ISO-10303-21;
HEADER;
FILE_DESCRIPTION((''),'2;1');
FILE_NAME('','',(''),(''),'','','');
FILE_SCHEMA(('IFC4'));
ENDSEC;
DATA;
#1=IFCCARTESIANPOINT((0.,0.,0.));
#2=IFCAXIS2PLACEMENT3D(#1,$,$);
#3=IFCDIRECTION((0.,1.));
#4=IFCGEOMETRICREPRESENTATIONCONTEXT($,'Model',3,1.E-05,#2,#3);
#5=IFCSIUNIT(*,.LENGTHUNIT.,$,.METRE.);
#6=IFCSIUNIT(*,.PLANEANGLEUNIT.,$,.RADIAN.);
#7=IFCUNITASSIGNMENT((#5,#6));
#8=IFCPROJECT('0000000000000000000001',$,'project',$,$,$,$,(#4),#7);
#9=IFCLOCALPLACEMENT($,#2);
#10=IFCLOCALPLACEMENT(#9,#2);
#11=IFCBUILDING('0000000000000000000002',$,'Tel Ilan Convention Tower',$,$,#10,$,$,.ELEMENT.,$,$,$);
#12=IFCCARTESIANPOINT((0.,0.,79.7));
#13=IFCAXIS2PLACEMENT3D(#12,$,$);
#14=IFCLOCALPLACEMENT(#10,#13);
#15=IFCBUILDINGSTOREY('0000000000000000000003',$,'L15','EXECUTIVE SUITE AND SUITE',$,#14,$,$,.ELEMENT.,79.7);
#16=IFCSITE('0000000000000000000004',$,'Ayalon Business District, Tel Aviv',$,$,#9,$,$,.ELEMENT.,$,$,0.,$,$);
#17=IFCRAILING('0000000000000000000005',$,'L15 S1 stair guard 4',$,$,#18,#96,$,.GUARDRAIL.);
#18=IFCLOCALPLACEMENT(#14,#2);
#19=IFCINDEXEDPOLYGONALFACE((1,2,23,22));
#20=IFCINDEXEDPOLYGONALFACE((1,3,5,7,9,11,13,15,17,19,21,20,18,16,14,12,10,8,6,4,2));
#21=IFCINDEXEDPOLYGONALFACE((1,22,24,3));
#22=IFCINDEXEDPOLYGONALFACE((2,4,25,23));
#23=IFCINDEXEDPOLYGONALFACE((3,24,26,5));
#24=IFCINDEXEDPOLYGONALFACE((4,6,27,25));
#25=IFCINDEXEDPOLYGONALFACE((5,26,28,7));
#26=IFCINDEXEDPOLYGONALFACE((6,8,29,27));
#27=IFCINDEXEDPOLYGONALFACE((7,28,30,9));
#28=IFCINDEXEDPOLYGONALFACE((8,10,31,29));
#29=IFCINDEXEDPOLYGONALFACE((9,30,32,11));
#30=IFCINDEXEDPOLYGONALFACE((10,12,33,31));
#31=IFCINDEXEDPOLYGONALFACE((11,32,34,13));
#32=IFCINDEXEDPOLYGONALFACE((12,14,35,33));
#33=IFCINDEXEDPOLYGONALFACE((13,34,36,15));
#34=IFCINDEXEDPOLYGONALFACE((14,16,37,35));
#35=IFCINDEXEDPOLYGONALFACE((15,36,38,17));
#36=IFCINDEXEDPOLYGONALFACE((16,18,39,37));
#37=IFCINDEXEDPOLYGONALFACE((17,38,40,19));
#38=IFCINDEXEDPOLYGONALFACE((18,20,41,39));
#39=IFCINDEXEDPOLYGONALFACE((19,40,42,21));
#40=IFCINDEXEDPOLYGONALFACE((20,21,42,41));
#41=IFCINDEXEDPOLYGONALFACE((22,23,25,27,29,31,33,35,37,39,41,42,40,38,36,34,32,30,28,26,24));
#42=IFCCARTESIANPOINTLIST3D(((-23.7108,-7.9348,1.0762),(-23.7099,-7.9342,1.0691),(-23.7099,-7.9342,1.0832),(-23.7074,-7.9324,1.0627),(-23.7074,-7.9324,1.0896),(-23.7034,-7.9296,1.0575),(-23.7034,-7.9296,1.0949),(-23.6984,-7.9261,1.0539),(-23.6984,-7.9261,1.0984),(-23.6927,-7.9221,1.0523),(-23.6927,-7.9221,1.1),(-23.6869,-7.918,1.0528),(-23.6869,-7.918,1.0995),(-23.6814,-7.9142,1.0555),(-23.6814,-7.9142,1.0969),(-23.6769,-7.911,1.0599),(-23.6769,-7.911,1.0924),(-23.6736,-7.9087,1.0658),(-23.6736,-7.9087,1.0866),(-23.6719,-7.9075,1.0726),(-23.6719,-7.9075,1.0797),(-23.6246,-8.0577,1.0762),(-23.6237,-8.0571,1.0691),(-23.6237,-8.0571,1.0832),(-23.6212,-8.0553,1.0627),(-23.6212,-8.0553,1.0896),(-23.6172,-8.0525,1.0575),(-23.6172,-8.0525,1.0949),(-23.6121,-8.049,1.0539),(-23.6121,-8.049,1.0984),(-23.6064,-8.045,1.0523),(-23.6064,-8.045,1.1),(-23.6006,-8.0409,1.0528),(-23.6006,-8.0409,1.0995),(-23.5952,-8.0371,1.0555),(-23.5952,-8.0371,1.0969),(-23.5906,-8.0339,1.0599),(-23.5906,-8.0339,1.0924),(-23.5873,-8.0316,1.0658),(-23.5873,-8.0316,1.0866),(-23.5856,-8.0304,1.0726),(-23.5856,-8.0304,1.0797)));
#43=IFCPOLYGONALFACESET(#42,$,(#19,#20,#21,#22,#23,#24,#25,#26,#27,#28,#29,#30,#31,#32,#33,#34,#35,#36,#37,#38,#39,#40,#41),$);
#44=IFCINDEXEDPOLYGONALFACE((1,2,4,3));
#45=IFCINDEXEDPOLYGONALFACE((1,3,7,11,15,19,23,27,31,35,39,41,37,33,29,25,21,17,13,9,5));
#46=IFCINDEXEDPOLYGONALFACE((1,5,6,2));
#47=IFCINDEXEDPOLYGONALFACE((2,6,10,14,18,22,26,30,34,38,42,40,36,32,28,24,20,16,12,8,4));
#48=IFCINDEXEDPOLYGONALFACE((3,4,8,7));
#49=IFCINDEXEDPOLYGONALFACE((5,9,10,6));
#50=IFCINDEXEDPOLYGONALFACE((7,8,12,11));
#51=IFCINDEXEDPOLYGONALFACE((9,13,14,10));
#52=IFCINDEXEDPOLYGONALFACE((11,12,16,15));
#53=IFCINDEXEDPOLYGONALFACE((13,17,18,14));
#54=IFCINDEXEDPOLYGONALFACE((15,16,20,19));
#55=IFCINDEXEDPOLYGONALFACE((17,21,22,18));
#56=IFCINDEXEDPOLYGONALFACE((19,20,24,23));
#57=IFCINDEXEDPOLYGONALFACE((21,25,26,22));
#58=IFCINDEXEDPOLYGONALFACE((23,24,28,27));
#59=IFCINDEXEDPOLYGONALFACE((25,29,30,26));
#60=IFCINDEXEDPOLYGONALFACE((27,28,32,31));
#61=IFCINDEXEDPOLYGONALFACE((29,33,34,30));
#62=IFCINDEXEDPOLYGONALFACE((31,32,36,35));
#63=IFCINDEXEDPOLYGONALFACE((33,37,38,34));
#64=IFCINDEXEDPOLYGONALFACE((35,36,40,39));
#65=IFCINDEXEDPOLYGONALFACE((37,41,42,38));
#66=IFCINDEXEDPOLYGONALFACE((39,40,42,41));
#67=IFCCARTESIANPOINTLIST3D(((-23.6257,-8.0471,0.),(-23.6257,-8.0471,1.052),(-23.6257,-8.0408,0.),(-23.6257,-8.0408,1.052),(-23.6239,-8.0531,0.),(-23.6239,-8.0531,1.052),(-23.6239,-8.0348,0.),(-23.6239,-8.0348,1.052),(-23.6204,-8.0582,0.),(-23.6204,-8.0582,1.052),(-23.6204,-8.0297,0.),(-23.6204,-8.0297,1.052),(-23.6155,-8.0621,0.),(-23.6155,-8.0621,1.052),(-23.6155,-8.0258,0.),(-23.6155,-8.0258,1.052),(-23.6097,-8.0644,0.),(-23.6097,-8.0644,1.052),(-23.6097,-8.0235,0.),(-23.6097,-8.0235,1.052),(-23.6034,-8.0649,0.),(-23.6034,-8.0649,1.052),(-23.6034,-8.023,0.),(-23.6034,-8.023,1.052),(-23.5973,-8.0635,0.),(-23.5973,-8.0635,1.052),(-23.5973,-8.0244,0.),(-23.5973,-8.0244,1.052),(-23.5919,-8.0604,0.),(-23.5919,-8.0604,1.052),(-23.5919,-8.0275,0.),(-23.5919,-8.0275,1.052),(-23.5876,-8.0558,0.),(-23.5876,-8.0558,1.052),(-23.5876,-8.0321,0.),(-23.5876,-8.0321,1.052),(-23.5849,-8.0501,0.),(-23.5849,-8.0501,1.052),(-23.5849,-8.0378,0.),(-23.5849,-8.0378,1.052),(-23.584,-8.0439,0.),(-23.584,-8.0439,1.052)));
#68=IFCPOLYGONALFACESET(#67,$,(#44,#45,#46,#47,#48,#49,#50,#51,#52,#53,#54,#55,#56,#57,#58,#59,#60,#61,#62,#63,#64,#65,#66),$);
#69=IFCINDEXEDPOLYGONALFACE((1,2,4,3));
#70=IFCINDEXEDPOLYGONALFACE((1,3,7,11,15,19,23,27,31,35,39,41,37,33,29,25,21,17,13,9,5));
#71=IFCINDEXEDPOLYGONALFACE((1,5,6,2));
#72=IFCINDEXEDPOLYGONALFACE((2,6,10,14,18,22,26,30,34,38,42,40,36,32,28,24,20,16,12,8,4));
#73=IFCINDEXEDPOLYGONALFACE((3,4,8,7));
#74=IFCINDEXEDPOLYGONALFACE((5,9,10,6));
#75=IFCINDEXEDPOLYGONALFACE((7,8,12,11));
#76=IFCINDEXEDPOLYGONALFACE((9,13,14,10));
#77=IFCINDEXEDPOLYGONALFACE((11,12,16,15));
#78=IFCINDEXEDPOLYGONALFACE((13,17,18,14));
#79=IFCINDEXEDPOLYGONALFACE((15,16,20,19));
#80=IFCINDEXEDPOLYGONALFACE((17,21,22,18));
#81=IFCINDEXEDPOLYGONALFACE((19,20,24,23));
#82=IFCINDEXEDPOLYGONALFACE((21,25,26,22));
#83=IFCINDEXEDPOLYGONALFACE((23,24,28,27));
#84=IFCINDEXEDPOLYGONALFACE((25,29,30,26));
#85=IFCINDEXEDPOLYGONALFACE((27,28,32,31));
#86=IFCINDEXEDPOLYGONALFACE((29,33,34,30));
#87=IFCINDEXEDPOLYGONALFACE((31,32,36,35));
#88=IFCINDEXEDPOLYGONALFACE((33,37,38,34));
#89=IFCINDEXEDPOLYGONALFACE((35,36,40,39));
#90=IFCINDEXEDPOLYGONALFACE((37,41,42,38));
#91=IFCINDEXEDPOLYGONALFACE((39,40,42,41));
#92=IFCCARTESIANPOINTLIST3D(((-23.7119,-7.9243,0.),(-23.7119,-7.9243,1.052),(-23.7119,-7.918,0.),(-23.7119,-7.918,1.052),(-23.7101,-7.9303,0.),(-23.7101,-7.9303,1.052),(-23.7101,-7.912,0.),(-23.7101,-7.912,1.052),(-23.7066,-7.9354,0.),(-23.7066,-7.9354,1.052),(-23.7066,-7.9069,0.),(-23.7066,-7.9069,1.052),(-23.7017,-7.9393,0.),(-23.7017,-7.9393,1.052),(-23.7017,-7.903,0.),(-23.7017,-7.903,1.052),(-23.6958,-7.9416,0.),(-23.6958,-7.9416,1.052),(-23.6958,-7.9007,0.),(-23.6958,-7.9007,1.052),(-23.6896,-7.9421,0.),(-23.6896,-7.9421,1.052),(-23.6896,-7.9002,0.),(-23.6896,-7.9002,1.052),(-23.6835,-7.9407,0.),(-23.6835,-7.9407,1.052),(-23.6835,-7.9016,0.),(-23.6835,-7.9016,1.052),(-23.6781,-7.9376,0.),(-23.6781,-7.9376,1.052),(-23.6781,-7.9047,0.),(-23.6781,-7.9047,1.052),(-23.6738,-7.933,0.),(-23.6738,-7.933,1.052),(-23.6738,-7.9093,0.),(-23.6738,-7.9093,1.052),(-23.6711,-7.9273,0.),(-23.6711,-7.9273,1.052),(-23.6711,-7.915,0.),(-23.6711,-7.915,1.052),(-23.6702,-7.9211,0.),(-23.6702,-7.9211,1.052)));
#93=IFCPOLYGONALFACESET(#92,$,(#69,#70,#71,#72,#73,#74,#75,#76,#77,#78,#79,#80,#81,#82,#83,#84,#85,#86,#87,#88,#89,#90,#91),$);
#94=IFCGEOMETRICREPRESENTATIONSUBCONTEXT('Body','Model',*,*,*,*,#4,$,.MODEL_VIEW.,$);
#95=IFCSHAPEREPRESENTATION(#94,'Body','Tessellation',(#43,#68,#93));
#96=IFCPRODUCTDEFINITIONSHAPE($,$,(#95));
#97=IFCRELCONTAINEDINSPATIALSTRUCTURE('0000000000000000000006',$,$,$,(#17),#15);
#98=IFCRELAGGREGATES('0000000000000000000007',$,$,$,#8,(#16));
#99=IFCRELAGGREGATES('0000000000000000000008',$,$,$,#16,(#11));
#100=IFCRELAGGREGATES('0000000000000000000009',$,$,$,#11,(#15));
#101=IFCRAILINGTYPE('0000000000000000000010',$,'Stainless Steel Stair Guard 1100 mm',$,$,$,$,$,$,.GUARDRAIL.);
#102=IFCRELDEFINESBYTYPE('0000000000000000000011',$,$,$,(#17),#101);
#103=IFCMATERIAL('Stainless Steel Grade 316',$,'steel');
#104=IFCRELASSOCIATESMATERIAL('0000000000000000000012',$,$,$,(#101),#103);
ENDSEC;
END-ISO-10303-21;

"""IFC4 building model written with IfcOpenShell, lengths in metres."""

from ifc_helpers import new_model, si_unit, direction, frame, origin, origin_2d, place, context, subcontext, project, spatial, circle, extrude, material, type_object, element, save


model = new_model("IFC4")

# Units and contexts
model_context = context("Model", 3, precision=1e-05, world=origin(), true_north=direction((0.0, 1.0)))
body_context = subcontext(model_context, "Body", "Model", "MODEL_VIEW")
ifc_project = project(units=[si_unit("LENGTHUNIT", "METRE"), si_unit("PLANEANGLEUNIT", "RADIAN")], contexts=[model_context])

# Site, building, storey
site_placement = place(None, origin())
site = spatial("IfcSite", under=ifc_project, at=site_placement, Name="Ayalon Business District, Tel Aviv", CompositionType="ELEMENT", RefElevation=0.0)
building_placement = place(site_placement, origin())
building = spatial("IfcBuilding", under=site, at=building_placement, Name="Tel Ilan Convention Tower", CompositionType="ELEMENT")
storey_placement = place(building_placement, frame((0.0, 0.0, 79.7)))
storey = spatial("IfcBuildingStorey", under=building, at=storey_placement, Name="L15", Description="EXECUTIVE SUITE AND SUITE", CompositionType="ELEMENT", Elevation=79.7)

# Railing
ifc_material_1 = material(Name="Stainless Steel Grade 316", Category="steel")
railing_type_1 = type_object("IfcRailingType", Name="Stainless Steel Stair Guard 1100 mm", PredefinedType="GUARDRAIL", material=ifc_material_1)
railing_1_placement = place(storey_placement, frame((-23.605, -8.0439, 0.0)))
element("IfcRailing", 1, at=railing_1_placement, inside=storey, type_object=railing_type_1, Name="L15 S1 stair guard 4", PredefinedType="GUARDRAIL", context=body_context, shape_type="SweptSolid", body=[
    extrude(circle(Radius=0.0239, at=origin_2d()), frame((0.0, 0.0, 1.0762), z_axis=(-0.574445, 0.818543, 0.0), x_axis=(-0.818543, -0.574445, 0.0)), (0.0, 0.0, 1.0), 0.1501),
    extrude(circle(Radius=0.021, at=origin_2d()), origin(), (0.0, 0.0, 1.0), 1.052),
    extrude(circle(Radius=0.021, at=origin_2d()), frame((-0.0862, 0.1228, 0.0)), (0.0, 0.0, 1.0), 1.052),
])

save(model, "model.ifc")
